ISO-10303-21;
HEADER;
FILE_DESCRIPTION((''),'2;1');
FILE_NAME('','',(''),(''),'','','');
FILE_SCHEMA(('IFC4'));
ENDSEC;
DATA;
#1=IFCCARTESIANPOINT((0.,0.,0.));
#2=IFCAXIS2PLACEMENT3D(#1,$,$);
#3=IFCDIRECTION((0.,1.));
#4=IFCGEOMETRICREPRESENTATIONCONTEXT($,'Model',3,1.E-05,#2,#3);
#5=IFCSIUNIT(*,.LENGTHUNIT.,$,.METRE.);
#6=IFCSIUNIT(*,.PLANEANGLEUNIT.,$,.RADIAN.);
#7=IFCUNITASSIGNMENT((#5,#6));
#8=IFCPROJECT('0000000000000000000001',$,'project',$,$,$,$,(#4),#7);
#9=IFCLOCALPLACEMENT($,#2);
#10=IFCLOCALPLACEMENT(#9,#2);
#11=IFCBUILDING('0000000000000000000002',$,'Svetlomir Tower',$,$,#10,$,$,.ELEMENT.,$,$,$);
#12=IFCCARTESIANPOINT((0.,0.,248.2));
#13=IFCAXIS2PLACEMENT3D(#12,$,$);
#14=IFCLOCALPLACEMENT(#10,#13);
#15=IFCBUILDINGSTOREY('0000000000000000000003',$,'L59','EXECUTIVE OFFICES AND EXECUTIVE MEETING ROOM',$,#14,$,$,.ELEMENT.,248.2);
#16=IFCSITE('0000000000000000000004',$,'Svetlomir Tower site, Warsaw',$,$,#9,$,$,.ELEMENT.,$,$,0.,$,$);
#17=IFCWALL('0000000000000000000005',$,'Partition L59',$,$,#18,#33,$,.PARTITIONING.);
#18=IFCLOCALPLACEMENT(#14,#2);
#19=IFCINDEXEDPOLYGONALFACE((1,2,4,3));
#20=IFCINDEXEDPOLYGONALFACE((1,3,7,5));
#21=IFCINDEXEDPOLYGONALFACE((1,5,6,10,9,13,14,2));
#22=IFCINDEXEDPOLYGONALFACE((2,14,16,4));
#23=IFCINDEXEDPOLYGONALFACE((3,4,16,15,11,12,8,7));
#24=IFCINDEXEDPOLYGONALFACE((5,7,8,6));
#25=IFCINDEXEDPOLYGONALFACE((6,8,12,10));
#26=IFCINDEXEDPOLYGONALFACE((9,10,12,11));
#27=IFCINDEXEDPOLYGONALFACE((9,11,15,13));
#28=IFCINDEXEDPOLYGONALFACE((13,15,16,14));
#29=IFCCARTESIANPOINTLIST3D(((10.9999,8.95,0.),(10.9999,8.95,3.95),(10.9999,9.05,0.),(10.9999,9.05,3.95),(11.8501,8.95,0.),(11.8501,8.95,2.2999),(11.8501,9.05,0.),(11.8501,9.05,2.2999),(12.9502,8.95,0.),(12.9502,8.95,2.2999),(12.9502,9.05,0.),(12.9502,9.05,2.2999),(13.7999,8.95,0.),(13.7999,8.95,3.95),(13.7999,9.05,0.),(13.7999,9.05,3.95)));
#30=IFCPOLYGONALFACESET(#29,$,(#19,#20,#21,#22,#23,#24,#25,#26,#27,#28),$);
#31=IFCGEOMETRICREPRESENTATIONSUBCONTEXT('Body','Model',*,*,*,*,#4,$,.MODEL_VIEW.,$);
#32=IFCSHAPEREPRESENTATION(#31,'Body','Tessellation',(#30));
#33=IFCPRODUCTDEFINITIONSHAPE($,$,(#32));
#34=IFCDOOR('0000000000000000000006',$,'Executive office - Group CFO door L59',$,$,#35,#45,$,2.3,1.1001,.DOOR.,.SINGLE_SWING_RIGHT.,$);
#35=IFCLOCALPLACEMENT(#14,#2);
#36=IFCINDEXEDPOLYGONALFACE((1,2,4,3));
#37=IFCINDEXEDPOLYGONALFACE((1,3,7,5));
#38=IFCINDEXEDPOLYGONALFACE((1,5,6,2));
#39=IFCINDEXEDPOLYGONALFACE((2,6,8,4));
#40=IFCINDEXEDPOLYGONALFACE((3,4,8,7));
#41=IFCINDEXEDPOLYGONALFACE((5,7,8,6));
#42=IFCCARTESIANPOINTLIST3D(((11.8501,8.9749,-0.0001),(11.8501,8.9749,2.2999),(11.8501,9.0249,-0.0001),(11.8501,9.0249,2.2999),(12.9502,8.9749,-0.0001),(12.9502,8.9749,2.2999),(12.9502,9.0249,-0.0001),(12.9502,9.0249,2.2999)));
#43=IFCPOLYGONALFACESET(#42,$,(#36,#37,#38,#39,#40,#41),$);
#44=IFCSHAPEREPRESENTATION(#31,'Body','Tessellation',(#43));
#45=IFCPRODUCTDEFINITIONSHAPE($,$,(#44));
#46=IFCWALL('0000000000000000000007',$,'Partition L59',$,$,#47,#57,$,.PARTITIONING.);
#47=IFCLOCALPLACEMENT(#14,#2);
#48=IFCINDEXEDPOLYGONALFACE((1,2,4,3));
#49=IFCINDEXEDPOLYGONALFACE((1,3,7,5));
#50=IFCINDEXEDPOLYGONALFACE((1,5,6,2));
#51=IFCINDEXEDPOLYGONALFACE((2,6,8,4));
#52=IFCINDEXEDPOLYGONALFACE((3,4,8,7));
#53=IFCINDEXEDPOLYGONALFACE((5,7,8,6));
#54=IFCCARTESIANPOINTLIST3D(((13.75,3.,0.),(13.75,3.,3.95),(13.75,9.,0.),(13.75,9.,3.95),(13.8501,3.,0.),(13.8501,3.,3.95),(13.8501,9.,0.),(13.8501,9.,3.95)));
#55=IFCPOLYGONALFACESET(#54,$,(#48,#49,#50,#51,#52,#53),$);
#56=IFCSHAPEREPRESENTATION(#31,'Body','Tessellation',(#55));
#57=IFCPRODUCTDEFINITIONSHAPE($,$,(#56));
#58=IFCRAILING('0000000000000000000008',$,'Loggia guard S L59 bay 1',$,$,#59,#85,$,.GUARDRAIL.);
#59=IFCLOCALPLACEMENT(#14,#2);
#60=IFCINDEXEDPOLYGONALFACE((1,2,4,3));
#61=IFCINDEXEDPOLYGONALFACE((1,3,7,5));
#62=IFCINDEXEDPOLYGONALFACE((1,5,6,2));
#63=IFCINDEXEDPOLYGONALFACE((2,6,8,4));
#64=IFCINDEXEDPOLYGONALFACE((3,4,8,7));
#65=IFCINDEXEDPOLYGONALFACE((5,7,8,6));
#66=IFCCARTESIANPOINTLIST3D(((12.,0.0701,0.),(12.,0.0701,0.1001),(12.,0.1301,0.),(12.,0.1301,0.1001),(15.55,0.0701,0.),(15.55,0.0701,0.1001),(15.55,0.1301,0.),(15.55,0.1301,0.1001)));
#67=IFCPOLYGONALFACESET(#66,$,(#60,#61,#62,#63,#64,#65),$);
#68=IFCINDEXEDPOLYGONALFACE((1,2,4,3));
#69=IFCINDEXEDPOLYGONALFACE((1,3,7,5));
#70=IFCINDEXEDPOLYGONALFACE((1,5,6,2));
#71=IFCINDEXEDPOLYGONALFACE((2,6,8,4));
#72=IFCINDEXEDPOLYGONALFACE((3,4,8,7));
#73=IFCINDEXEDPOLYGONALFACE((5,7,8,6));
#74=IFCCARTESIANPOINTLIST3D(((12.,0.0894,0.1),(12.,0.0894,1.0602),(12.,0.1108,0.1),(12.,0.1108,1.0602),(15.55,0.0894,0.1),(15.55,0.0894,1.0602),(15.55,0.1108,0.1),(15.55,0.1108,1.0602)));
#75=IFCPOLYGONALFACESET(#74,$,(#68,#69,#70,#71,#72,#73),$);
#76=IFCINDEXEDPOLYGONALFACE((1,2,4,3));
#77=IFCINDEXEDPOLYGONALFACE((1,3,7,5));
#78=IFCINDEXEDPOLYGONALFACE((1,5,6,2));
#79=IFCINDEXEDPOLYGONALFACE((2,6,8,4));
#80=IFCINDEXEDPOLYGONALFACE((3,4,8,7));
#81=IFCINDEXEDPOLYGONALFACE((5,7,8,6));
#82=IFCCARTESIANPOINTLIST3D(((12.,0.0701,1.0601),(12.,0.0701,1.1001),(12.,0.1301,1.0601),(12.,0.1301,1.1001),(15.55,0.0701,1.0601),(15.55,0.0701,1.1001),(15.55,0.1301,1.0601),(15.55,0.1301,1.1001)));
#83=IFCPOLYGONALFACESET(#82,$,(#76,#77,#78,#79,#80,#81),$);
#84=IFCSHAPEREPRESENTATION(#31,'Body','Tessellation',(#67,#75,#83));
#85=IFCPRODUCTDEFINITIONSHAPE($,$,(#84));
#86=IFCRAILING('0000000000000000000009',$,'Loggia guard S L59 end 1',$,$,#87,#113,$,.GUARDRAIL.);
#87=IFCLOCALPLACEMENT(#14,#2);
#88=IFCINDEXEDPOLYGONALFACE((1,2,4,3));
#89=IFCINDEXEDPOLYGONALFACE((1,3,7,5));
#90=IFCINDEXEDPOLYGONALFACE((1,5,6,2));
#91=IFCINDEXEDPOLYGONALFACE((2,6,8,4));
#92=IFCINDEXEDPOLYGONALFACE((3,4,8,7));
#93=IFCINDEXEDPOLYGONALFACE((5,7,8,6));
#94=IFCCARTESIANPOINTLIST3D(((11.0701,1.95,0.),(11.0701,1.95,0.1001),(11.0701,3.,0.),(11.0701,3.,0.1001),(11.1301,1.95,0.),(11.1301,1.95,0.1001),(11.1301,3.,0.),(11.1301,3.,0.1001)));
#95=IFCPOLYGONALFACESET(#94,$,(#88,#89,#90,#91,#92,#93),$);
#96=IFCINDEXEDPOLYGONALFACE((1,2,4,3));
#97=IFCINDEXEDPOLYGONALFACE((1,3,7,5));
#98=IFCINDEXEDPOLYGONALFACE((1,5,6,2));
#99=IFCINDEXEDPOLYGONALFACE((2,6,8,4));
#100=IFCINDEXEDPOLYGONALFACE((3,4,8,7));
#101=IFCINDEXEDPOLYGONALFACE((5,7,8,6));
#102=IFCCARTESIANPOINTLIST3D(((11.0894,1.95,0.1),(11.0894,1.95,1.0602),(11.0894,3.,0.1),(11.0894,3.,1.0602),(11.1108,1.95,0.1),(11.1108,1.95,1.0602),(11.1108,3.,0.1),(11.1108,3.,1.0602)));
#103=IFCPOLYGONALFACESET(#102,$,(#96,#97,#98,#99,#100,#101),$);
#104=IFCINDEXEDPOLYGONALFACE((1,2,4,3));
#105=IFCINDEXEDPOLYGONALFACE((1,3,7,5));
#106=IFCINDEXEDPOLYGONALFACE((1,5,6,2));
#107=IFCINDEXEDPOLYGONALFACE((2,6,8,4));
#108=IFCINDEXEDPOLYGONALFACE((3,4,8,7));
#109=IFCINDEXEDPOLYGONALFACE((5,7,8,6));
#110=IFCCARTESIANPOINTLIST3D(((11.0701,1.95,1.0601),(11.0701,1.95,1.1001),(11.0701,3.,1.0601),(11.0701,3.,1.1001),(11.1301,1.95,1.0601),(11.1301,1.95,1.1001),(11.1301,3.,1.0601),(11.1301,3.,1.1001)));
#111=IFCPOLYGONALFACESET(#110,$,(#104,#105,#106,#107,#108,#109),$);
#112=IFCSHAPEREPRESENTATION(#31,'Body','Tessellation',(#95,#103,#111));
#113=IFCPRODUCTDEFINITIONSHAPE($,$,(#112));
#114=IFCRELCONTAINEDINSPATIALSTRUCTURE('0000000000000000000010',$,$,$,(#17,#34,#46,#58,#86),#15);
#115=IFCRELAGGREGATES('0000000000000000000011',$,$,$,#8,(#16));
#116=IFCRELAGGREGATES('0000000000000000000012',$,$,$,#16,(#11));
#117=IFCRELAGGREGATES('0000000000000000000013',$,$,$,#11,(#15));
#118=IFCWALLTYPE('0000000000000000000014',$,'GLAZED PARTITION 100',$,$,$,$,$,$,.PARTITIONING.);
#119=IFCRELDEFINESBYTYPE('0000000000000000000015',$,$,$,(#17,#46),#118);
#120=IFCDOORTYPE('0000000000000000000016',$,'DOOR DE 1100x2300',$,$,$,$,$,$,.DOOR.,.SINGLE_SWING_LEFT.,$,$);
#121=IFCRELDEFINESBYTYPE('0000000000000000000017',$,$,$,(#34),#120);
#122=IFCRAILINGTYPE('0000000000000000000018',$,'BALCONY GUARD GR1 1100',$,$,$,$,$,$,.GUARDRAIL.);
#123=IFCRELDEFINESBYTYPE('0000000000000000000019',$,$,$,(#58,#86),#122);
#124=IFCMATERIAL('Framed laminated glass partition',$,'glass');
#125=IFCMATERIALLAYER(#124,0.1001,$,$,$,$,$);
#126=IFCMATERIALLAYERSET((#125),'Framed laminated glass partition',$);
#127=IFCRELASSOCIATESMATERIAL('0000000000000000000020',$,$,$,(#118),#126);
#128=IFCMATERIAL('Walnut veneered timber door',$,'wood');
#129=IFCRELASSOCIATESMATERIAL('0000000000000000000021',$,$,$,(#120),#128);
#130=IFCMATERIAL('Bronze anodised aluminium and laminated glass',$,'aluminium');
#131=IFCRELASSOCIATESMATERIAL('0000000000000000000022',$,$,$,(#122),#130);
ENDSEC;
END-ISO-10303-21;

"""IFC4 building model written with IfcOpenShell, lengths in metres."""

from ifc_helpers import new_model, si_unit, direction, frame, frame_2d, origin, origin_2d, place, context, subcontext, project, spatial, rectangle, extrude, material, layer, layer_set, type_object, element, fill, save


model = new_model("IFC4")

# Units and contexts
model_context = context("Model", 3, precision=1e-05, world=origin(), true_north=direction((0.0, 1.0)))
body_context = subcontext(model_context, "Body", "Model", "MODEL_VIEW")
ifc_project = project(units=[si_unit("LENGTHUNIT", "METRE"), si_unit("PLANEANGLEUNIT", "RADIAN")], contexts=[model_context])

# Site, building, storey
site_placement = place(None, origin())
site = spatial("IfcSite", under=ifc_project, at=site_placement, Name="Svetlomir Tower site, Warsaw", CompositionType="ELEMENT", RefElevation=0.0)
building_placement = place(site_placement, origin())
building = spatial("IfcBuilding", under=site, at=building_placement, Name="Svetlomir Tower", CompositionType="ELEMENT")
storey_placement = place(building_placement, frame((0.0, 0.0, 248.2)))
storey = spatial("IfcBuildingStorey", under=building, at=storey_placement, Name="L59", Description="EXECUTIVE OFFICES AND EXECUTIVE MEETING ROOM", CompositionType="ELEMENT", Elevation=248.2)

# Wall, opening, door
ifc_material_1 = material(Name="Framed laminated glass partition", Category="glass")
ifc_layer_1 = layer(ifc_material_1, 0.1001)
ifc_layer_set_1 = layer_set([ifc_layer_1], Name="Framed laminated glass partition")
wall_type = type_object("IfcWallType", Name="GLAZED PARTITION 100", PredefinedType="PARTITIONING", material=ifc_layer_set_1)
wall_1_placement = place(storey_placement, frame((11.0, 9.0, 0.0), z_axis=(0.0, 0.0, 1.0), x_axis=(1.0, 0.0, 0.0)))
wall_1 = element("IfcWall", 1, at=wall_1_placement, inside=storey, type_object=wall_type, Name="Partition L59", PredefinedType="PARTITIONING", context=body_context, shape_type="SweptSolid", body=[
    extrude(rectangle(XDim=2.8, YDim=0.1001, at=frame_2d((1.3999, 0.0))), origin(), (0.0, 0.0, 1.0), 3.95),
])
opening_placement = place(wall_1_placement, frame((0.8501, 0.0, 0.0)))
opening = element("IfcOpeningElement", 2, at=opening_placement, cuts=wall_1, PredefinedType="OPENING", context=body_context, shape_type="SweptSolid", body=[
    extrude(rectangle(XDim=1.1001, YDim=2.3, at=frame_2d((0.55, 1.1499))), frame((0.0, 0.0601, 0.0), z_axis=(0.0, -1.0, 0.0), x_axis=(1.0, 0.0, 0.0)), (0.0, 0.0, 1.0), 0.1201),
])
ifc_material_2 = material(Name="Walnut veneered timber door", Category="wood")
door_type = type_object("IfcDoorType", Name="DOOR DE 1100x2300", OperationType="SINGLE_SWING_LEFT", PredefinedType="DOOR", material=ifc_material_2)
door_placement = place(opening_placement, origin())
door = element("IfcDoor", 3, at=door_placement, inside=storey, type_object=door_type, Name="Executive office - Group CFO door L59", OperationType="SINGLE_SWING_RIGHT", OverallHeight=2.3, OverallWidth=1.1001, PredefinedType="DOOR", context=body_context, shape_type="SweptSolid", body=[
    extrude(rectangle(XDim=1.1001, YDim=2.3, at=frame_2d((0.55, 1.1499))), frame((0.0, 0.0249, 0.0), z_axis=(0.0, -1.0, 0.0), x_axis=(1.0, 0.0, 0.0)), (0.0, 0.0, 1.0), 0.05),
])
fill(opening, door)

# Wall
wall_2_placement = place(storey_placement, frame((13.8, 3.0, 0.0), z_axis=(0.0, 0.0, 1.0), x_axis=(0.0, 1.0, 0.0)))
element("IfcWall", 4, at=wall_2_placement, inside=storey, type_object=wall_type, Name="Partition L59", PredefinedType="PARTITIONING", context=body_context, shape_type="SweptSolid", body=[
    extrude(rectangle(XDim=6.0, YDim=0.1001, at=frame_2d((3.0, 0.0))), origin(), (0.0, 0.0, 1.0), 3.95),
])

# Railings
ifc_material_3 = material(Name="Bronze anodised aluminium and laminated glass", Category="aluminium")
railing_type = type_object("IfcRailingType", Name="BALCONY GUARD GR1 1100", PredefinedType="GUARDRAIL", material=ifc_material_3)
railing_1_placement = place(storey_placement, frame((12.0, 0.1001, 0.0)))
element("IfcRailing", 5, at=railing_1_placement, inside=storey, type_object=railing_type, Name="Loggia guard S L59 bay 1", PredefinedType="GUARDRAIL", context=body_context, shape_type="SweptSolid", body=[
    extrude(rectangle(XDim=0.0601, YDim=0.1001, at=origin_2d()), frame((0.0, 0.0, 0.05), z_axis=(1.0, 0.0, 0.0), x_axis=(0.0, 1.0, 0.0)), (0.0, 0.0, 1.0), 3.55),
    extrude(rectangle(XDim=0.0215, YDim=0.9602, at=origin_2d()), frame((0.0, 0.0, 0.5801), z_axis=(1.0, 0.0, 0.0), x_axis=(0.0, 1.0, 0.0)), (0.0, 0.0, 1.0), 3.55),
    extrude(rectangle(XDim=0.0601, YDim=0.04, at=origin_2d()), frame((0.0, 0.0, 1.0801), z_axis=(1.0, 0.0, 0.0), x_axis=(0.0, 1.0, 0.0)), (0.0, 0.0, 1.0), 3.55),
])
railing_2_placement = place(storey_placement, frame((11.1001, 1.95, 0.0)))
element("IfcRailing", 6, at=railing_2_placement, inside=storey, type_object=railing_type, Name="Loggia guard S L59 end 1", PredefinedType="GUARDRAIL", context=body_context, shape_type="SweptSolid", body=[
    extrude(rectangle(XDim=0.0601, YDim=0.1001, at=origin_2d()), frame((0.0, 0.0, 0.05), z_axis=(0.0, 1.0, 0.0), x_axis=(-1.0, 0.0, 0.0)), (0.0, 0.0, 1.0), 1.05),
    extrude(rectangle(XDim=0.0215, YDim=0.9602, at=origin_2d()), frame((0.0, 0.0, 0.5801), z_axis=(0.0, 1.0, 0.0), x_axis=(-1.0, 0.0, 0.0)), (0.0, 0.0, 1.0), 1.05),
    extrude(rectangle(XDim=0.0601, YDim=0.04, at=origin_2d()), frame((0.0, 0.0, 1.0801), z_axis=(0.0, 1.0, 0.0), x_axis=(-1.0, 0.0, 0.0)), (0.0, 0.0, 1.0), 1.05),
])

save(model, "model.ifc")
